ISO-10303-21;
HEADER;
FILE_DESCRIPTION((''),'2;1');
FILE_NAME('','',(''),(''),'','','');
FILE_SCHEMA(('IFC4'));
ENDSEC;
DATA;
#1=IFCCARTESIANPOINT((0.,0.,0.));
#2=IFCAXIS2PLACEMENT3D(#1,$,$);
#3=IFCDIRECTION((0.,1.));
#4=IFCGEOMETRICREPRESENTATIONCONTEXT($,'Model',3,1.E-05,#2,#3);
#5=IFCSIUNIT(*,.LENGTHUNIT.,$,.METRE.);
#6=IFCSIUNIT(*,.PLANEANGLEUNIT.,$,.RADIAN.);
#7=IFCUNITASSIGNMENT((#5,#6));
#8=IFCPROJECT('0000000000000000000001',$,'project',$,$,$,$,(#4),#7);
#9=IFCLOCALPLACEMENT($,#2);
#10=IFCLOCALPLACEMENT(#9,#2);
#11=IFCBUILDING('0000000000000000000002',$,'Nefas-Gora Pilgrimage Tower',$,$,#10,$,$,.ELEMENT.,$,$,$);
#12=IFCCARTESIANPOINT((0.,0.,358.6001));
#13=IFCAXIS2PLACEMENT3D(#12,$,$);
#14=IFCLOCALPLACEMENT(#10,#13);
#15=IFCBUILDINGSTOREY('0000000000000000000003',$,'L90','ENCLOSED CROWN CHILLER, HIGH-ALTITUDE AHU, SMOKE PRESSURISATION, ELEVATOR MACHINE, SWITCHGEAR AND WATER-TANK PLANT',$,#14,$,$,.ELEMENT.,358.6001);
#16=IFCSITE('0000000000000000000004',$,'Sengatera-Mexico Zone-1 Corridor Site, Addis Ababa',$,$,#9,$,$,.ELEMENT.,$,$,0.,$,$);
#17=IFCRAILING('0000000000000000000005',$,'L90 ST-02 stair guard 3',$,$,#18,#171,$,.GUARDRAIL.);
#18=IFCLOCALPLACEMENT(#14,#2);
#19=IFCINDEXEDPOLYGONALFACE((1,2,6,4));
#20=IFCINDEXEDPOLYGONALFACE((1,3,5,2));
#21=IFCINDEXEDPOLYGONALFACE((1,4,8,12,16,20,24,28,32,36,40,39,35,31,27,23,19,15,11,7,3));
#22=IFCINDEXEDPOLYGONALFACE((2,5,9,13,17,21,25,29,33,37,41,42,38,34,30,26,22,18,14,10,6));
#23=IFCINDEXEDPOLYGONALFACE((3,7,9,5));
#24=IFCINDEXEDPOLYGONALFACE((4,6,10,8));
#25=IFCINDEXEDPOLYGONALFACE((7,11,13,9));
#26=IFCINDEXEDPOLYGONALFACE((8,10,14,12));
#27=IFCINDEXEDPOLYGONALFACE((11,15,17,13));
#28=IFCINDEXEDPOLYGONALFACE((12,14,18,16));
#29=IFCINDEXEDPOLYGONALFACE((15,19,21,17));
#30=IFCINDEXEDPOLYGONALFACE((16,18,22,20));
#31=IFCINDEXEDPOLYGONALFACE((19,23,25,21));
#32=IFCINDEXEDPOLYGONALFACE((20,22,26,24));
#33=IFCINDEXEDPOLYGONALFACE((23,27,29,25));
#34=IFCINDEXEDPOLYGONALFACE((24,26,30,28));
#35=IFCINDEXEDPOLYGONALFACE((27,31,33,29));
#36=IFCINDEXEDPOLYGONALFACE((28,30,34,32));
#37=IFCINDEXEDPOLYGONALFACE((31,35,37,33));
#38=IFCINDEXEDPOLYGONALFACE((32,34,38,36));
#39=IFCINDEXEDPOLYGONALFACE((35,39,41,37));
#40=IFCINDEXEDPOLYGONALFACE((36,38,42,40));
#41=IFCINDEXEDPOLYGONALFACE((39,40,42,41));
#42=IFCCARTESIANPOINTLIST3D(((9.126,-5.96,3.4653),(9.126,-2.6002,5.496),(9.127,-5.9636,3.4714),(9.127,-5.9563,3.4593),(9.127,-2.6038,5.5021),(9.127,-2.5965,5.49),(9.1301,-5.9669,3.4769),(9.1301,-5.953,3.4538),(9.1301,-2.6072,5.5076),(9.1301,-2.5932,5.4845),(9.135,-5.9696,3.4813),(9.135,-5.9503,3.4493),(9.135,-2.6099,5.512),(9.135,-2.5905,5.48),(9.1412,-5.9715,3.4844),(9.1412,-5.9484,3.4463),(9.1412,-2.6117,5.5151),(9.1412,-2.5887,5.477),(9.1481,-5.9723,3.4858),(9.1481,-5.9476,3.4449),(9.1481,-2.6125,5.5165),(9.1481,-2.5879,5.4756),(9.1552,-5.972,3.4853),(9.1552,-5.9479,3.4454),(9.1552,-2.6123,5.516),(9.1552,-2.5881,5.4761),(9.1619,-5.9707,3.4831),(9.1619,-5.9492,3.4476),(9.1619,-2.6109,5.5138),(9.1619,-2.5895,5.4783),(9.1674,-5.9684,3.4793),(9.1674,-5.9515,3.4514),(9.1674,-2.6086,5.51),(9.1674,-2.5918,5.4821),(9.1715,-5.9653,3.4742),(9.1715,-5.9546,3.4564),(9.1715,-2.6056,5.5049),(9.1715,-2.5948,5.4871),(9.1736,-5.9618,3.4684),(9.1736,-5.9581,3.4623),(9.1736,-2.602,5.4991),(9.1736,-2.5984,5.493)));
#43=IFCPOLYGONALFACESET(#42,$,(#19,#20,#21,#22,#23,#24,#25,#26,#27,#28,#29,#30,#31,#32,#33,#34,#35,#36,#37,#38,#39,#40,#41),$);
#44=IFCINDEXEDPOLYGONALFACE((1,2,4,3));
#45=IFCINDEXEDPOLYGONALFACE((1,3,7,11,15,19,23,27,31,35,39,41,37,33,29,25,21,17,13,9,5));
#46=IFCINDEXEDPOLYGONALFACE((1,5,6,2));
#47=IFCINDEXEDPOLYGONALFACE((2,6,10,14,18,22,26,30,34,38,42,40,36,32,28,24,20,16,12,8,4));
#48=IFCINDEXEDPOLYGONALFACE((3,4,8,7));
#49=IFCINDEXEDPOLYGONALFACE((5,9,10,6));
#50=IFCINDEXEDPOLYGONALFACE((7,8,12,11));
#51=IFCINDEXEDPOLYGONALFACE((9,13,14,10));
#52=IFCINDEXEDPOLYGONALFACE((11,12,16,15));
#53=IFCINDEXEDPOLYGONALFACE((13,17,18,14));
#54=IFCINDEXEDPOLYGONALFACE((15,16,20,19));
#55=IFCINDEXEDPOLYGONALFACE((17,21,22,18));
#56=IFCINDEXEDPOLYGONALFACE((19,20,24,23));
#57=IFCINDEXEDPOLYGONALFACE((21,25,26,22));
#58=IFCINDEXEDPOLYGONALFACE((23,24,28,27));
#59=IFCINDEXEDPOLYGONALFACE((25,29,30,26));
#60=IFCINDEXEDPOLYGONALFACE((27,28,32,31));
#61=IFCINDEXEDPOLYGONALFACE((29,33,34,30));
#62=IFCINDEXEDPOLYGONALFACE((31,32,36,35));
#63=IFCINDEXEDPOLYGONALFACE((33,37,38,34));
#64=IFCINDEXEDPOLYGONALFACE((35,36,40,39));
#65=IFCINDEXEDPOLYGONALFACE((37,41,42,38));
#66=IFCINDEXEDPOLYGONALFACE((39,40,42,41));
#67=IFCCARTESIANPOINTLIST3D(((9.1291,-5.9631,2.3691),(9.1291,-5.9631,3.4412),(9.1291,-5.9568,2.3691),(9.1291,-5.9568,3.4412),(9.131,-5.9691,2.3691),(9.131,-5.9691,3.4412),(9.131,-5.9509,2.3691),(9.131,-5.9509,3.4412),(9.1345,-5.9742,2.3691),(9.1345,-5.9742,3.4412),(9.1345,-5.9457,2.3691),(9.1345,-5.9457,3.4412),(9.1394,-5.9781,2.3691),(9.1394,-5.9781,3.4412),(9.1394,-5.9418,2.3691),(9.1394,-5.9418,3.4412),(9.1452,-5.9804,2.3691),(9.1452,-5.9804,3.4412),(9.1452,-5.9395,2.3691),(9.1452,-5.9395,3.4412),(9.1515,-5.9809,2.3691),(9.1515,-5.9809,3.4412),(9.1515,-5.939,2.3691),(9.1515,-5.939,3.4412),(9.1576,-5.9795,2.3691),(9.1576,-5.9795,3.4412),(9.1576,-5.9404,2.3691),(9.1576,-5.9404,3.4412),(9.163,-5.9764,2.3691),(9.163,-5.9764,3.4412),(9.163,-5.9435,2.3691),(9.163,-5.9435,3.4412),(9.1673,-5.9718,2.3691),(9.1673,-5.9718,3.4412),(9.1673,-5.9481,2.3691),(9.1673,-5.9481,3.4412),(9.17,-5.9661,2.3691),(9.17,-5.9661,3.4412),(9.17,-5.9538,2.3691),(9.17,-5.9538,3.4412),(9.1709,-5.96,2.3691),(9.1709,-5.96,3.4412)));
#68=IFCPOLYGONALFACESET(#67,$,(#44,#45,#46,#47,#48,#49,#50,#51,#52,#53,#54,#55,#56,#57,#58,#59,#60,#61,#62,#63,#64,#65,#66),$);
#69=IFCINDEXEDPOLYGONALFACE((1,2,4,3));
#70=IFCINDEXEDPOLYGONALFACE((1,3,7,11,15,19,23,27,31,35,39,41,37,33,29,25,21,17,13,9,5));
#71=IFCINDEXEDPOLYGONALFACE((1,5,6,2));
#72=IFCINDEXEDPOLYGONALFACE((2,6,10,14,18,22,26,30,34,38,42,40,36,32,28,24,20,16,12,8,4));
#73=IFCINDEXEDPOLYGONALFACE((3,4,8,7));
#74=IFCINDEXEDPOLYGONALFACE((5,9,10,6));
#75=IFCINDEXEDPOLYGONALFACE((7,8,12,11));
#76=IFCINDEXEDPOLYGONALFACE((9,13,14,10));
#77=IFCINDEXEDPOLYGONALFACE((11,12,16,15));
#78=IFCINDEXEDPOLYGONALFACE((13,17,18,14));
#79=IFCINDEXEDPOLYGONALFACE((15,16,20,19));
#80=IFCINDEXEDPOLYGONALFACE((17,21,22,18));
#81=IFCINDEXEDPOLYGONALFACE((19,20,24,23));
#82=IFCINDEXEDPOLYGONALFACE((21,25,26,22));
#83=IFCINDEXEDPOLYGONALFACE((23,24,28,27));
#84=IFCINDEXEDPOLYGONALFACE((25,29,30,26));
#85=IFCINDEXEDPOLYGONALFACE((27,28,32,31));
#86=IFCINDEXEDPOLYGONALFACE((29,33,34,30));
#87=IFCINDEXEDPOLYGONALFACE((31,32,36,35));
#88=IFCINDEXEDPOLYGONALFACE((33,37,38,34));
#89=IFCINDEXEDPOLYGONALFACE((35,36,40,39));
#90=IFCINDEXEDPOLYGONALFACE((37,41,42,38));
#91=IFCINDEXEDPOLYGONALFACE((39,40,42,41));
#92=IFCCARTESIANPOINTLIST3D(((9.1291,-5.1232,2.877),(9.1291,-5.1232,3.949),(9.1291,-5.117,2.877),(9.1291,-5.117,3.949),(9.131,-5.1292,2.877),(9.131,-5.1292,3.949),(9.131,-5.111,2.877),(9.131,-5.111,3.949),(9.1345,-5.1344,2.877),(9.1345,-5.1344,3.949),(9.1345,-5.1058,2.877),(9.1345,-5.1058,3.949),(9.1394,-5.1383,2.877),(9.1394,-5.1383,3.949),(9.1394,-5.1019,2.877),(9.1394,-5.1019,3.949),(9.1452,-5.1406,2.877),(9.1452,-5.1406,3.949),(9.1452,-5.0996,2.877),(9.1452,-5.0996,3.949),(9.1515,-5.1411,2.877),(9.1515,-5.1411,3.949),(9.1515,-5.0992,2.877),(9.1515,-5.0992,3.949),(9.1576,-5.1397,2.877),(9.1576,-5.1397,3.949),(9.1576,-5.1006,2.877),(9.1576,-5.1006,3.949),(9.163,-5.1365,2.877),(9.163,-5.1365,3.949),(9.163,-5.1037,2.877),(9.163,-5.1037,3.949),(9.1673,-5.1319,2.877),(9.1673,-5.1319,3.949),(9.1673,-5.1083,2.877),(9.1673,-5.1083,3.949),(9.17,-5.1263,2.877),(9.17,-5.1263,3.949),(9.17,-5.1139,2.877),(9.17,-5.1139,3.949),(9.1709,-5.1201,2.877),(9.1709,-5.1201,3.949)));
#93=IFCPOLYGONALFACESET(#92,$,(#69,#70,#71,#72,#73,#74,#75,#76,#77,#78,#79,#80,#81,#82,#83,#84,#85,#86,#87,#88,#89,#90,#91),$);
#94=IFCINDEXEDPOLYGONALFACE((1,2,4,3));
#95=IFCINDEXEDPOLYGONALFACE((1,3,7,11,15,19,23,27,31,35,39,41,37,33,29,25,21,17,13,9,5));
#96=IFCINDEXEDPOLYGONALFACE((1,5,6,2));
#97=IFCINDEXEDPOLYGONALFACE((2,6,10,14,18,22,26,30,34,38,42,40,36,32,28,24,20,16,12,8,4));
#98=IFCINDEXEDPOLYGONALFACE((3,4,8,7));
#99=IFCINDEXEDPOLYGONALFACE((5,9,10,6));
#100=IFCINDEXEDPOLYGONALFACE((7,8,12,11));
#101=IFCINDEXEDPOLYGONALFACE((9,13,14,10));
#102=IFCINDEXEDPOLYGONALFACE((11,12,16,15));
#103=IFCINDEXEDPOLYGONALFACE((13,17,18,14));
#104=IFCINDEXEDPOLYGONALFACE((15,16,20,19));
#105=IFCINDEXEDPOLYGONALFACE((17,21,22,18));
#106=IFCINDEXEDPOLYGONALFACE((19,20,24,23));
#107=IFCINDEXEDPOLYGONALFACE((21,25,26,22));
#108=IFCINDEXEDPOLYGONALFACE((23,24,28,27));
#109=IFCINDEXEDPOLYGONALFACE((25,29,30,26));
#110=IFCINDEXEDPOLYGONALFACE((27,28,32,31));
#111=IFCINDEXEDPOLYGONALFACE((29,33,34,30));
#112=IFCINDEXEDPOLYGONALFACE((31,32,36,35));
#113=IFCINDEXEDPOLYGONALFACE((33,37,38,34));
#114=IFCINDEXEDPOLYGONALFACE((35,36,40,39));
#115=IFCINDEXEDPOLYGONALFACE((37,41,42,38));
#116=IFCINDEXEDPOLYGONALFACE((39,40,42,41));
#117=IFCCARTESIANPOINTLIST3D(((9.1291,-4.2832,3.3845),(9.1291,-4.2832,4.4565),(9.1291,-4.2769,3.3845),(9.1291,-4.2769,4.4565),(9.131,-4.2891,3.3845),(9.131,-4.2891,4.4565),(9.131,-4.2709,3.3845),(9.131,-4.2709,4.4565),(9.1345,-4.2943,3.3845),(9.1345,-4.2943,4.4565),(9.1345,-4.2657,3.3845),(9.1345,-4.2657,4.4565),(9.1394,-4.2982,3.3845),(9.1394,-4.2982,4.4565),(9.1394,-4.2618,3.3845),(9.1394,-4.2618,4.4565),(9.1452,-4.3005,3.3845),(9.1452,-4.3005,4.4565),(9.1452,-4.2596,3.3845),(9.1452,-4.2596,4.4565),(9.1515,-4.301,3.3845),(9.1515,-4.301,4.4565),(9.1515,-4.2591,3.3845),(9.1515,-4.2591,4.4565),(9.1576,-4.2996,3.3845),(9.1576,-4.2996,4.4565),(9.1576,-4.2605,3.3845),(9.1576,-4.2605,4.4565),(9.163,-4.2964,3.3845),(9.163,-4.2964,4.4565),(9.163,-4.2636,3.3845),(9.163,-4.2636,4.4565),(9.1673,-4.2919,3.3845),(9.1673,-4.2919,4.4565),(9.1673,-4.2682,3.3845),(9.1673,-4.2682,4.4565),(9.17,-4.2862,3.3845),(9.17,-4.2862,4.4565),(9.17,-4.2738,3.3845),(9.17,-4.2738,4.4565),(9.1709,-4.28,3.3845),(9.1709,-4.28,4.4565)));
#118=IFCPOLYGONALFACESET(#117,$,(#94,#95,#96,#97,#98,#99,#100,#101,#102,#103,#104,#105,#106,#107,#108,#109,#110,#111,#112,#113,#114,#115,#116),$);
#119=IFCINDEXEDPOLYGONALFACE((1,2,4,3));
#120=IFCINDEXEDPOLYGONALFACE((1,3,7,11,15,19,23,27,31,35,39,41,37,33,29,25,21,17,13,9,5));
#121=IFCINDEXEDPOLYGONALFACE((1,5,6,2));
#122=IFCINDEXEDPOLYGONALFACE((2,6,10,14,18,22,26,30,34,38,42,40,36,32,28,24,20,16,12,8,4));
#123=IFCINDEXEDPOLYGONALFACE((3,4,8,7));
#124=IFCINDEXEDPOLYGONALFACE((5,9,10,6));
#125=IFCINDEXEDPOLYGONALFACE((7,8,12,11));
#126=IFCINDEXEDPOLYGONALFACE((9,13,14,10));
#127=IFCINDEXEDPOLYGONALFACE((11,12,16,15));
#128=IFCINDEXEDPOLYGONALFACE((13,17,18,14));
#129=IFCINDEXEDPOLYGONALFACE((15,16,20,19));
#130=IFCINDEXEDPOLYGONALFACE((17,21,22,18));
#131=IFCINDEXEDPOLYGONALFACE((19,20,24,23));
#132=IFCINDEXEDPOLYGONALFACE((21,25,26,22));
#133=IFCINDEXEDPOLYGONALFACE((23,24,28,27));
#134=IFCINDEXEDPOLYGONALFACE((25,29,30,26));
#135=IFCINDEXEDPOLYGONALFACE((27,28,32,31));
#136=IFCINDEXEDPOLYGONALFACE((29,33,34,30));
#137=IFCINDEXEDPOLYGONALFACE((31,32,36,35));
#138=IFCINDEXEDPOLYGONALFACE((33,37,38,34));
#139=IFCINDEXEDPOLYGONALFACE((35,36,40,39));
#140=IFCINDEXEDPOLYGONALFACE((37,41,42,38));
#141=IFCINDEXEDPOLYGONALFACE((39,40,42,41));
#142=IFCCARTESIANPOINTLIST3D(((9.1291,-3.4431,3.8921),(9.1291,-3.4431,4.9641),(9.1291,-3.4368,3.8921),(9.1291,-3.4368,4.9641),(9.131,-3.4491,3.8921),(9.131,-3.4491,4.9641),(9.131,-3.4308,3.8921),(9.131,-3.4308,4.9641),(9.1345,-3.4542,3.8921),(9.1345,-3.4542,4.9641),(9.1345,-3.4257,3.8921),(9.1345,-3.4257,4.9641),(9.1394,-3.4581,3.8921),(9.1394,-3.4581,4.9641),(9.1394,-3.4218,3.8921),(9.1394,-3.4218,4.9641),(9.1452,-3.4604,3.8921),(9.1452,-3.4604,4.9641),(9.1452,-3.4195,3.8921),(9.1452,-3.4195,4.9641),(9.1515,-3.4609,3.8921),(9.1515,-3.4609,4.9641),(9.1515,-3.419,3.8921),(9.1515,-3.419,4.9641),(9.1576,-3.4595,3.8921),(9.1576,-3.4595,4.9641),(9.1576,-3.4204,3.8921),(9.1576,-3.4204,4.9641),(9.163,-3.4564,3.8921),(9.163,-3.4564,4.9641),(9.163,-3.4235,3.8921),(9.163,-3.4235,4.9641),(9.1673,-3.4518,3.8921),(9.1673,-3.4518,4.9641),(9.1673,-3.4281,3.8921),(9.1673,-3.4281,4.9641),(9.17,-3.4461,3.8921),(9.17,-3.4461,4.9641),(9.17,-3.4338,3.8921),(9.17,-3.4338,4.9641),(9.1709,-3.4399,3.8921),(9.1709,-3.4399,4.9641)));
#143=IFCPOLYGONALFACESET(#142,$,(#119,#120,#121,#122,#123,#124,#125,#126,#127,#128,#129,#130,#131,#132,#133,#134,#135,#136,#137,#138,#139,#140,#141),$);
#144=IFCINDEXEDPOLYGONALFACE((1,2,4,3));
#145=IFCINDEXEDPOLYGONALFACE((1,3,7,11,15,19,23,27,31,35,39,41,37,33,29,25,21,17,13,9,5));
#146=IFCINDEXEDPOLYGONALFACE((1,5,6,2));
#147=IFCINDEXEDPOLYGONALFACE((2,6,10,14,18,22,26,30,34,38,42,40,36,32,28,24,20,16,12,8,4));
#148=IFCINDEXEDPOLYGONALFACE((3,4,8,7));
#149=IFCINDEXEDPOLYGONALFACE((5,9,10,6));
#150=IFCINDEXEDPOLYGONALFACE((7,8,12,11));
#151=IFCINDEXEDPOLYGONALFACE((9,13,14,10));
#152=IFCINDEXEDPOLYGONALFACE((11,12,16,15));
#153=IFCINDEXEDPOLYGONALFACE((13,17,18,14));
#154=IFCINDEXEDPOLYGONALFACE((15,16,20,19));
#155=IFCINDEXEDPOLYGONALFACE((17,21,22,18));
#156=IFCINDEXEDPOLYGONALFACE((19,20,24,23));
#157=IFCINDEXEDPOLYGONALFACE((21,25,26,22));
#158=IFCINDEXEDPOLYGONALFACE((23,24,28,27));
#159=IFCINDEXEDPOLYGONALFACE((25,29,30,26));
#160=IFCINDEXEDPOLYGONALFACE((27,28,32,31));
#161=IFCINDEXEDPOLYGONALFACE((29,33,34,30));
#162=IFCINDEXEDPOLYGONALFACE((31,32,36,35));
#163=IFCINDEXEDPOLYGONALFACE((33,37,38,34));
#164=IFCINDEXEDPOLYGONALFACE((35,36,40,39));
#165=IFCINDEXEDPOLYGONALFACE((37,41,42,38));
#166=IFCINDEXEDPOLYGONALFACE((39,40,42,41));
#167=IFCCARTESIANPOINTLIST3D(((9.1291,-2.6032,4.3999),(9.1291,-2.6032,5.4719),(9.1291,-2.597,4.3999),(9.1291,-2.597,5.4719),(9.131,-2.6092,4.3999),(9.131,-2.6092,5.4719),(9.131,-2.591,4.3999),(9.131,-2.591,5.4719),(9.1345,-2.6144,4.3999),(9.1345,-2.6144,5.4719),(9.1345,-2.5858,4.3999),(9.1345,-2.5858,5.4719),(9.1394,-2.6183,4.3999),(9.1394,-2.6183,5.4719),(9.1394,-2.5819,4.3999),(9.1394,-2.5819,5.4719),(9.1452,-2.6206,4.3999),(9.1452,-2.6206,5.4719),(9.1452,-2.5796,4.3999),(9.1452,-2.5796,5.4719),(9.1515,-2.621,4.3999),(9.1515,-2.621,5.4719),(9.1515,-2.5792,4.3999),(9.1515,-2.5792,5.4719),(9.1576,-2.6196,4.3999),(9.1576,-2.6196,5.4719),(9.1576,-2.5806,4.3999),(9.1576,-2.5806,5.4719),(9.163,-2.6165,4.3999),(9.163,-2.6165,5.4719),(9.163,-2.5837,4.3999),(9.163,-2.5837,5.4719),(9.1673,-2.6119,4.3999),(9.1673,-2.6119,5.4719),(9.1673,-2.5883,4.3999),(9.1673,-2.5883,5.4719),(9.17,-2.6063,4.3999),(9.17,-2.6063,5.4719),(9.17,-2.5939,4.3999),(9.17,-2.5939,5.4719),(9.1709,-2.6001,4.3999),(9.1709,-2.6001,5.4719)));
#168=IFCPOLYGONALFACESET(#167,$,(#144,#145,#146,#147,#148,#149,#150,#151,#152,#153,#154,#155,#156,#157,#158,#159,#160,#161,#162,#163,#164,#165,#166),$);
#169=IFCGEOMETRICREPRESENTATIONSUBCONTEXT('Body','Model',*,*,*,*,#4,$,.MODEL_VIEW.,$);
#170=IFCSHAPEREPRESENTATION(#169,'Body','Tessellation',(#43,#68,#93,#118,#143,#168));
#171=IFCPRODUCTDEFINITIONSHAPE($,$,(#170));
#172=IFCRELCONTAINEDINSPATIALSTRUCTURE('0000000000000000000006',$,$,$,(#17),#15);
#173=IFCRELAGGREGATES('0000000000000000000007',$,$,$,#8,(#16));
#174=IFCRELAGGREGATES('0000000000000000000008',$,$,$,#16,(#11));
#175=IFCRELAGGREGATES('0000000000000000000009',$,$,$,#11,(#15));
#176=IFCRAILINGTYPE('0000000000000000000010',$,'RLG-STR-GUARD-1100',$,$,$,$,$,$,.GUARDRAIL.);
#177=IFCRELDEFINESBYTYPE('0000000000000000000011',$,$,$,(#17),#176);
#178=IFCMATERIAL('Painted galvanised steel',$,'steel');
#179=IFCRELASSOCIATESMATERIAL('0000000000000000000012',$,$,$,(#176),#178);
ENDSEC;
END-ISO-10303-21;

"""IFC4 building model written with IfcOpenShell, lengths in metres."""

from ifc_helpers import new_model, si_unit, direction, frame, origin, origin_2d, place, context, subcontext, project, spatial, circle, extrude, material, type_object, element, save


model = new_model("IFC4")

# Units and contexts
model_context = context("Model", 3, precision=1e-05, world=origin(), true_north=direction((0.0, 1.0)))
body_context = subcontext(model_context, "Body", "Model", "MODEL_VIEW")
ifc_project = project(units=[si_unit("LENGTHUNIT", "METRE"), si_unit("PLANEANGLEUNIT", "RADIAN")], contexts=[model_context])

# Site, building, storey
site_placement = place(None, origin())
site = spatial("IfcSite", under=ifc_project, at=site_placement, Name="Sengatera-Mexico Zone-1 Corridor Site, Addis Ababa", CompositionType="ELEMENT", RefElevation=0.0)
building_placement = place(site_placement, origin())
building = spatial("IfcBuilding", under=site, at=building_placement, Name="Nefas-Gora Pilgrimage Tower", CompositionType="ELEMENT")
storey_placement = place(building_placement, frame((0.0, 0.0, 358.6001)))
storey = spatial("IfcBuildingStorey", under=building, at=storey_placement, Name="L90", Description="ENCLOSED CROWN CHILLER, HIGH-ALTITUDE AHU, SMOKE PRESSURISATION, ELEVATOR MACHINE, SWITCHGEAR AND WATER-TANK PLANT", CompositionType="ELEMENT", Elevation=358.6001)

# Railing
ifc_material_1 = material(Name="Painted galvanised steel", Category="steel")
railing_type_1 = type_object("IfcRailingType", Name="RLG-STR-GUARD-1100", PredefinedType="GUARDRAIL", material=ifc_material_1)
railing_1_placement = place(storey_placement, frame((9.1499, -5.96, 2.3691)))
element("IfcRailing", 1, at=railing_1_placement, inside=storey, type_object=railing_type_1, Name="L90 ST-02 stair guard 3", PredefinedType="GUARDRAIL", context=body_context, shape_type="SweptSolid", body=[
    extrude(circle(Radius=0.0239, at=origin_2d()), frame((0.0, 0.0, 1.0962), z_axis=(0.0, 0.85582, 0.517273), x_axis=(-1.0, 0.0, 0.0)), (0.0, 0.0, 1.0), 3.9258),
    extrude(circle(Radius=0.021, at=origin_2d()), origin(), (0.0, 0.0, 1.0), 1.072),
    extrude(circle(Radius=0.021, at=origin_2d()), frame((0.0, 0.8398, 0.5078)), (0.0, 0.0, 1.0), 1.072),
    extrude(circle(Radius=0.021, at=origin_2d()), frame((0.0, 1.6799, 1.0154)), (0.0, 0.0, 1.0), 1.072),
    extrude(circle(Radius=0.021, at=origin_2d()), frame((0.0, 2.52, 1.5229)), (0.0, 0.0, 1.0), 1.072),
    extrude(circle(Radius=0.021, at=origin_2d()), frame((0.0, 3.3599, 2.0308)), (0.0, 0.0, 1.0), 1.072),
])

save(model, "model.ifc")
